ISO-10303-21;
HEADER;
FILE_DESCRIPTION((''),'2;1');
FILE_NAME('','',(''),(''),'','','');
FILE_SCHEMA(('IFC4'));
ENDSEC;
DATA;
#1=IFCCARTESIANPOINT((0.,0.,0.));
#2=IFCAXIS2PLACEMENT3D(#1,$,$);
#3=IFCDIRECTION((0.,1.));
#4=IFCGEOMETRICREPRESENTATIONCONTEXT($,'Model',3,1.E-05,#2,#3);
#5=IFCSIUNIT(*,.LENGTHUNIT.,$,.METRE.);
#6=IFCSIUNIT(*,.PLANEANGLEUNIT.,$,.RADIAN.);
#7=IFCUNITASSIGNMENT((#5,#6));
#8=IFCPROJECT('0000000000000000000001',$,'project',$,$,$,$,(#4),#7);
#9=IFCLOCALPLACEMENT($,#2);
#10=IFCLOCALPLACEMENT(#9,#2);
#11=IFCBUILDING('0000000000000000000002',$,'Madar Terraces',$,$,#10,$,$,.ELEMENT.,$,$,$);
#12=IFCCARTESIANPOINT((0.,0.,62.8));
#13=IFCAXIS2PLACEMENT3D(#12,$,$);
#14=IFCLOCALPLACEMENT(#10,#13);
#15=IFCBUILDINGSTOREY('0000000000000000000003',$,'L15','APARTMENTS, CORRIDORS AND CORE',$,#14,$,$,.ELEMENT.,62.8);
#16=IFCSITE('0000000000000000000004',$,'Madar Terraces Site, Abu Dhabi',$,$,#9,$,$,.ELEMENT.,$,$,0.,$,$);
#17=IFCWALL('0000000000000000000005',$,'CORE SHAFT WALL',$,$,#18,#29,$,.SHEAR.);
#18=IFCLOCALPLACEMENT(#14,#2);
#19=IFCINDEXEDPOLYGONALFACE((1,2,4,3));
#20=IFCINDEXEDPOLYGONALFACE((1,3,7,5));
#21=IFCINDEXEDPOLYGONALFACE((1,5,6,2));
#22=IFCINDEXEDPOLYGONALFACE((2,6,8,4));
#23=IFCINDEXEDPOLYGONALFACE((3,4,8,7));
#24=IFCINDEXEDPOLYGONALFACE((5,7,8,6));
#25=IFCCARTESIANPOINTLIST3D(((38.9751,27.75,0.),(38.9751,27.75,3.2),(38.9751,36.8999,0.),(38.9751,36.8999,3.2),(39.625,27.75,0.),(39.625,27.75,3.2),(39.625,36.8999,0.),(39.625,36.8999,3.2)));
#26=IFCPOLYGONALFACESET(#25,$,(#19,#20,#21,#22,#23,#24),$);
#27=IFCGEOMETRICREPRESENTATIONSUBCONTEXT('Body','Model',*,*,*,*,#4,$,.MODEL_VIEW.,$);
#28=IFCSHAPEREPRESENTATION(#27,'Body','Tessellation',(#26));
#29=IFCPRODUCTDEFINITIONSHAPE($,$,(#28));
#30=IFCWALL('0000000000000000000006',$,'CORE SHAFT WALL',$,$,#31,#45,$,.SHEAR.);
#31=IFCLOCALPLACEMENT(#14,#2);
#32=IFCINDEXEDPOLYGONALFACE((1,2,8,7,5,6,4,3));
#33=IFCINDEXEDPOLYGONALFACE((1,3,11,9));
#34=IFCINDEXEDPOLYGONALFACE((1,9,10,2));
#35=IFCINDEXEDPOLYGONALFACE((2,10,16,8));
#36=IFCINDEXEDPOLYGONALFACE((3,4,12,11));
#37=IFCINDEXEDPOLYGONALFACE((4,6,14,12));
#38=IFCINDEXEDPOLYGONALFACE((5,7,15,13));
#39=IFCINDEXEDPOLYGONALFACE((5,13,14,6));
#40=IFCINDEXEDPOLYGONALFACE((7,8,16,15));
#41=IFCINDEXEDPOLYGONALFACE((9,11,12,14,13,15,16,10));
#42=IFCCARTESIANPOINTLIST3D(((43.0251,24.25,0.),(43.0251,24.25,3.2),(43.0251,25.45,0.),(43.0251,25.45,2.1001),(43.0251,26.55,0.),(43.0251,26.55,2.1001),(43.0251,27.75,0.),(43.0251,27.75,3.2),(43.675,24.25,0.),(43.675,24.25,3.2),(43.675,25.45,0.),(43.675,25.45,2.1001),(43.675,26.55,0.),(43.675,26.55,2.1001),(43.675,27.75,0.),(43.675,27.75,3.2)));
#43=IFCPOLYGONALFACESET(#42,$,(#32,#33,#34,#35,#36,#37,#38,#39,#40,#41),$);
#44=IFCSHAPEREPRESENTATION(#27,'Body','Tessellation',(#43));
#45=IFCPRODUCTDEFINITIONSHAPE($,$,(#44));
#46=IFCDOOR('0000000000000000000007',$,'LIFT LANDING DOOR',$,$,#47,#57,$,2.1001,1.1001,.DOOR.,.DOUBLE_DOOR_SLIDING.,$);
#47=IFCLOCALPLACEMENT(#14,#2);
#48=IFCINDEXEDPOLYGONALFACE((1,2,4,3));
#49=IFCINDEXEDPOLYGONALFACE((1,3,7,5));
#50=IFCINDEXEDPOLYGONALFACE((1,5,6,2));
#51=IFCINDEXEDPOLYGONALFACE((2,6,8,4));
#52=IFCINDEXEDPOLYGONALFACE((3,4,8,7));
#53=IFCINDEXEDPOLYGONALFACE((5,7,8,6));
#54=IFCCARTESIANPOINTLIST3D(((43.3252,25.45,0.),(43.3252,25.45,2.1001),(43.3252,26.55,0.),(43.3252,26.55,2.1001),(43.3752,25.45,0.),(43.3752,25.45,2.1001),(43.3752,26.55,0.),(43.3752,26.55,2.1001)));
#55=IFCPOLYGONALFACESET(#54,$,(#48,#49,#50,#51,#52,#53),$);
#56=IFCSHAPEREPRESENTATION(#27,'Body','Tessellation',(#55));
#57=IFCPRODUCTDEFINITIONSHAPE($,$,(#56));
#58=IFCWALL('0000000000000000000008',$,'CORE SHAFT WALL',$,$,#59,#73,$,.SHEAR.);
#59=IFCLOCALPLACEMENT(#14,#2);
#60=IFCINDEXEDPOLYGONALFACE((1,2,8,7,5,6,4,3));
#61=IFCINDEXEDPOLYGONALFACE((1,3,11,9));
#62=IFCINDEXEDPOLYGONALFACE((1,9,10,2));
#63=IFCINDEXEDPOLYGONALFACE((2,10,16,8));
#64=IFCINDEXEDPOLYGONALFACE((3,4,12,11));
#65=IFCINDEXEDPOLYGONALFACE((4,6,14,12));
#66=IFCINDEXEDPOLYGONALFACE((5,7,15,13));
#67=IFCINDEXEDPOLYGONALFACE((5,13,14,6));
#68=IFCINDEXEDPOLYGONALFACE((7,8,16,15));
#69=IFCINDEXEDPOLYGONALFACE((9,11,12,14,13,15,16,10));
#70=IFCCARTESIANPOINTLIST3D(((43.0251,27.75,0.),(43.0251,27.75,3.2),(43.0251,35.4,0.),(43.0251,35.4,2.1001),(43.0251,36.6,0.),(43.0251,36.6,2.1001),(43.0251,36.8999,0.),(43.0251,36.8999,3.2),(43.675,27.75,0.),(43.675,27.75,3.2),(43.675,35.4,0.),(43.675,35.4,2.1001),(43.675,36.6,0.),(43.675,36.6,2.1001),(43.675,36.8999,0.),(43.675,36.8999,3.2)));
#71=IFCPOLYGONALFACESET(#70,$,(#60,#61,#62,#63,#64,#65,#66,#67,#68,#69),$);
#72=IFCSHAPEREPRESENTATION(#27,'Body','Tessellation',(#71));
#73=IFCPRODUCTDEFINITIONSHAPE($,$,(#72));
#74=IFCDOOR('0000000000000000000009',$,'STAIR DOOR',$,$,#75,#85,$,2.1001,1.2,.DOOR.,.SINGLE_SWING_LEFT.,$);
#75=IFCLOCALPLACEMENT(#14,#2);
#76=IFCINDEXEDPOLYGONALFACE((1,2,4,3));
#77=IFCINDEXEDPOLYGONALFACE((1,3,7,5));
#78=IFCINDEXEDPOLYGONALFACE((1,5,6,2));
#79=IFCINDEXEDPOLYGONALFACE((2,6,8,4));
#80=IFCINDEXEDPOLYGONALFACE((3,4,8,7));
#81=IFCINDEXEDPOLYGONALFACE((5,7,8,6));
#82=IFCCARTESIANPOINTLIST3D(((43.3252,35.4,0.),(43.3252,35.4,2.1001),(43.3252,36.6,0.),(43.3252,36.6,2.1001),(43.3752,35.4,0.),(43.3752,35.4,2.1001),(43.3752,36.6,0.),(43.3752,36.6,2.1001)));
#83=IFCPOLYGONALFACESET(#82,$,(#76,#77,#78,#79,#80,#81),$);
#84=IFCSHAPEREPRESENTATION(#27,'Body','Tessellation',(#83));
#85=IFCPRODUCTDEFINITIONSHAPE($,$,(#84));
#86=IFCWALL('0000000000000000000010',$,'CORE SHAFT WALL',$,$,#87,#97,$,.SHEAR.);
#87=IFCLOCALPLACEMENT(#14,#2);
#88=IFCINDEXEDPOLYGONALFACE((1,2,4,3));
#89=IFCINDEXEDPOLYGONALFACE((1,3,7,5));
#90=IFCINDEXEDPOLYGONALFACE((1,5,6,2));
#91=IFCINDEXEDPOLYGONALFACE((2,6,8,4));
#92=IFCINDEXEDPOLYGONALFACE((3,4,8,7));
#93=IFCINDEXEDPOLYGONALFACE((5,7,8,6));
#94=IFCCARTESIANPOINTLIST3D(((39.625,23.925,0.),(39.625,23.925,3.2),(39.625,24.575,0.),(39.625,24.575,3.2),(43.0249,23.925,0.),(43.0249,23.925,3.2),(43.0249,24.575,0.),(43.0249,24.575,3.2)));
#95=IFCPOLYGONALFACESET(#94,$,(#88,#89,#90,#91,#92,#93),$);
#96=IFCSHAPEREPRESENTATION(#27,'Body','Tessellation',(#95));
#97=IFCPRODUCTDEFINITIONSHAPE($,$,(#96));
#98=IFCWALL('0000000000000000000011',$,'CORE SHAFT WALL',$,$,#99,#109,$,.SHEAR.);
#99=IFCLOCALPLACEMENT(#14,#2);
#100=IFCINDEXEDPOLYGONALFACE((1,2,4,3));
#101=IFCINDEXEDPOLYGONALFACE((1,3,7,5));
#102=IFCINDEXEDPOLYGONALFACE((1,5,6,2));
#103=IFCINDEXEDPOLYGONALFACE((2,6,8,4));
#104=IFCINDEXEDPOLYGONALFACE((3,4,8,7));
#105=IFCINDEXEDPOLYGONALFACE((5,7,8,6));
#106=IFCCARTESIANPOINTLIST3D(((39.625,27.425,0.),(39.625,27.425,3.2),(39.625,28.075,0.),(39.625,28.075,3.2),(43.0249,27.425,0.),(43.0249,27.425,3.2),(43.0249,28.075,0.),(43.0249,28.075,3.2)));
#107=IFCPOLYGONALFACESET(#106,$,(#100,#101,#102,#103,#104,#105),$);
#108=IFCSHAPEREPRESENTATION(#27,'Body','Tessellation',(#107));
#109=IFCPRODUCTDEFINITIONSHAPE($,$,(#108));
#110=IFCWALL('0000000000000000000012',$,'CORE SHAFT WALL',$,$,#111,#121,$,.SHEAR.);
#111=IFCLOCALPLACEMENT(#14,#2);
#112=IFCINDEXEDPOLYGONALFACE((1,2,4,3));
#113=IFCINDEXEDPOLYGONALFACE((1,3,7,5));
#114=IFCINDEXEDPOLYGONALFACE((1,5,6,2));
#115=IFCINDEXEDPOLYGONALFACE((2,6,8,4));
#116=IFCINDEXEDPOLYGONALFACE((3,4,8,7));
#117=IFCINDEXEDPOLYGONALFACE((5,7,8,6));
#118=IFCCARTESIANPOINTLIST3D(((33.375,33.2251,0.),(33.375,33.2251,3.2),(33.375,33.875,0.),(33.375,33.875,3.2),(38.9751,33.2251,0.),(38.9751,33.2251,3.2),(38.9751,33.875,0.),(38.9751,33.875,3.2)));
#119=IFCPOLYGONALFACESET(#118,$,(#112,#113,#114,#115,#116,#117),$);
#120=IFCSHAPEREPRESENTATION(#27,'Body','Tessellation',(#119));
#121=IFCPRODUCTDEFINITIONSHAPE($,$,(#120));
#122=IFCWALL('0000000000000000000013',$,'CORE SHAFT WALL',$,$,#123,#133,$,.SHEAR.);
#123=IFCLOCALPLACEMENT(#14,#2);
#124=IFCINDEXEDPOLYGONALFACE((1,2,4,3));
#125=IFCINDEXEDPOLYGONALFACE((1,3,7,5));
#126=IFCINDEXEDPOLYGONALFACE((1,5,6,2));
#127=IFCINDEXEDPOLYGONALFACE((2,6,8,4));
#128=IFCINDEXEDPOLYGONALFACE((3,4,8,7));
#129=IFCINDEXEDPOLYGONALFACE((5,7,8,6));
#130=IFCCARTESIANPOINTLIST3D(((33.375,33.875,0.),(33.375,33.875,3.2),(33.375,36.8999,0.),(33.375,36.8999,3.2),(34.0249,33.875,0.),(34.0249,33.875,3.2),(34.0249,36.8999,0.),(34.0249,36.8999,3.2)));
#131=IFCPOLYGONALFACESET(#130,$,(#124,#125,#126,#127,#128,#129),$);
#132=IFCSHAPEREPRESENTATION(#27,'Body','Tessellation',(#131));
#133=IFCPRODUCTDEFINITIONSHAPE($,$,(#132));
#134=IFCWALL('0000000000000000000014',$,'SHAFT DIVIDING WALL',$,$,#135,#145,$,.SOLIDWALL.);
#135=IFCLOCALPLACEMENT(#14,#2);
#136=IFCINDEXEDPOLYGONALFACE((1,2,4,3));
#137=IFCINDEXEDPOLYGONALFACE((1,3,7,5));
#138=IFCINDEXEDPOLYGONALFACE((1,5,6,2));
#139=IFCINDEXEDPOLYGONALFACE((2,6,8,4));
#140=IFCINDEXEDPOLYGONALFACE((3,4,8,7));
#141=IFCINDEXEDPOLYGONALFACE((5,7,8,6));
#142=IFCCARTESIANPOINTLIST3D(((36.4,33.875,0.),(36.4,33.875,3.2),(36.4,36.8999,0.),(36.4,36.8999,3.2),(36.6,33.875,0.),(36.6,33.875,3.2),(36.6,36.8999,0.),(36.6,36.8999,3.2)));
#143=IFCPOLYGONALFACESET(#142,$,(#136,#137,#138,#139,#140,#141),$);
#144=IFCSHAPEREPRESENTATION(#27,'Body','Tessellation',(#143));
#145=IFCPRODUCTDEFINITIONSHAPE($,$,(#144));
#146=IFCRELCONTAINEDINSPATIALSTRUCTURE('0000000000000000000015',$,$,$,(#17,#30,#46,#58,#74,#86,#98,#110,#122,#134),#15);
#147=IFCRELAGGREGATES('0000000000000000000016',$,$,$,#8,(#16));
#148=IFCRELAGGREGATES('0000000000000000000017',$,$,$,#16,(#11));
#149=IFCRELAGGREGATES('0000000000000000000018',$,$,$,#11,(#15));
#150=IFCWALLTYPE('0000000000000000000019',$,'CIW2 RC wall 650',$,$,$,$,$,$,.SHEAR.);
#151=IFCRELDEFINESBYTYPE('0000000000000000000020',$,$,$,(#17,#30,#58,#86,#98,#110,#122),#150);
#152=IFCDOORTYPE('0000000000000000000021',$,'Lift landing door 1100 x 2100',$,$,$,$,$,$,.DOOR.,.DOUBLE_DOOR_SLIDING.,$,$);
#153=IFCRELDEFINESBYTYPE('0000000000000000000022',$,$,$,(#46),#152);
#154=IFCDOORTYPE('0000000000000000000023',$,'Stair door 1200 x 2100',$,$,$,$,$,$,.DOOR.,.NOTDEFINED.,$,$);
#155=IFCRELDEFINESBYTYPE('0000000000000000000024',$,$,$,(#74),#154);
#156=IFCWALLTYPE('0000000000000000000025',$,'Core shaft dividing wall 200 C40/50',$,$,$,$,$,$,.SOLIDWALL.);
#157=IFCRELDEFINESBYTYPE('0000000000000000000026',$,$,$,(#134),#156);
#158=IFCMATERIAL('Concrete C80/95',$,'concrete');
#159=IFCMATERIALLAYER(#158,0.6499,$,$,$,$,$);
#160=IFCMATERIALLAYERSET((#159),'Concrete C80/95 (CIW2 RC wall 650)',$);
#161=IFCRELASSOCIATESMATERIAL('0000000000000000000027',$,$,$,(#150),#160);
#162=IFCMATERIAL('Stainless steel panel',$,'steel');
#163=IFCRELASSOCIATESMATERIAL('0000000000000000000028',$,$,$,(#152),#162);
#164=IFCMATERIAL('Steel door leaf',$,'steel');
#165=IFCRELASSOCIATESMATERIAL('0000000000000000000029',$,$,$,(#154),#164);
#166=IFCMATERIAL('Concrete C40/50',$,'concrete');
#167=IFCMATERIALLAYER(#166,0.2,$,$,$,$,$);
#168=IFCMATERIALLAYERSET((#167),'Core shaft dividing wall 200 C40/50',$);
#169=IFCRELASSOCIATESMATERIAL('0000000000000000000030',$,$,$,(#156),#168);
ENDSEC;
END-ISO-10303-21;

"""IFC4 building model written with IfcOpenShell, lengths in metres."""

from ifc_helpers import new_model, si_unit, direction, frame, frame_2d, origin, place, context, subcontext, project, spatial, rectangle, extrude, material, layer, layer_set, type_object, element, fill, save


model = new_model("IFC4")

# Units and contexts
model_context = context("Model", 3, precision=1e-05, world=origin(), true_north=direction((0.0, 1.0)))
body_context = subcontext(model_context, "Body", "Model", "MODEL_VIEW")
ifc_project = project(units=[si_unit("LENGTHUNIT", "METRE"), si_unit("PLANEANGLEUNIT", "RADIAN")], contexts=[model_context])

# Site, building, storey
site_placement = place(None, origin())
site = spatial("IfcSite", under=ifc_project, at=site_placement, Name="Madar Terraces Site, Abu Dhabi", CompositionType="ELEMENT", RefElevation=0.0)
building_placement = place(site_placement, origin())
building = spatial("IfcBuilding", under=site, at=building_placement, Name="Madar Terraces", CompositionType="ELEMENT")
storey_placement = place(building_placement, frame((0.0, 0.0, 62.8)))
storey = spatial("IfcBuildingStorey", under=building, at=storey_placement, Name="L15", Description="APARTMENTS, CORRIDORS AND CORE", CompositionType="ELEMENT", Elevation=62.8)

# Wall
ifc_material_1 = material(Name="Concrete C80/95", Category="concrete")
ifc_layer_1 = layer(ifc_material_1, 0.6499)
ifc_layer_set_1 = layer_set([ifc_layer_1], Name="Concrete C80/95 (CIW2 RC wall 650)")
wall_type_1 = type_object("IfcWallType", Name="CIW2 RC wall 650", PredefinedType="SHEAR", material=ifc_layer_set_1)
wall_1_placement = place(storey_placement, frame((39.3, 27.75, 0.0), z_axis=(0.0, 0.0, 1.0), x_axis=(0.0, 1.0, 0.0)))
element("IfcWall", 1, at=wall_1_placement, inside=storey, type_object=wall_type_1, Name="CORE SHAFT WALL", PredefinedType="SHEAR", context=body_context, shape_type="SweptSolid", body=[
    extrude(rectangle(XDim=9.1499, YDim=0.6499, at=frame_2d((4.575, 0.0))), origin(), (0.0, 0.0, 1.0), 3.2),
])

# Walls, openings, doors
wall_2_placement = place(storey_placement, frame((43.3501, 24.25, 0.0), z_axis=(0.0, 0.0, 1.0), x_axis=(0.0, 1.0, 0.0)))
wall_2 = element("IfcWall", 2, at=wall_2_placement, inside=storey, type_object=wall_type_1, Name="CORE SHAFT WALL", PredefinedType="SHEAR", context=body_context, shape_type="SweptSolid", body=[
    extrude(rectangle(XDim=3.5, YDim=0.6499, at=frame_2d((1.75, 0.0))), origin(), (0.0, 0.0, 1.0), 3.2),
])
opening_1_placement = place(wall_2_placement, frame((1.2, 0.0, 0.0)))
opening_1 = element("IfcOpeningElement", 3, at=opening_1_placement, cuts=wall_2, PredefinedType="OPENING", context=body_context, shape_type="SweptSolid", body=[
    extrude(rectangle(XDim=1.1001, YDim=2.1001, at=frame_2d((0.55, 1.05))), frame((0.0, 0.335, 0.0), z_axis=(0.0, -1.0, 0.0), x_axis=(1.0, 0.0, 0.0)), (0.0, 0.0, 1.0), 0.6699),
])
ifc_material_2 = material(Name="Stainless steel panel", Category="steel")
door_type_1 = type_object("IfcDoorType", Name="Lift landing door 1100 x 2100", OperationType="DOUBLE_DOOR_SLIDING", PredefinedType="DOOR", material=ifc_material_2)
door_1_placement = place(opening_1_placement, origin())
door_1 = element("IfcDoor", 4, at=door_1_placement, inside=storey, type_object=door_type_1, Name="LIFT LANDING DOOR", OperationType="DOUBLE_DOOR_SLIDING", OverallHeight=2.1001, OverallWidth=1.1001, PredefinedType="DOOR", context=body_context, shape_type="SweptSolid", body=[
    extrude(rectangle(XDim=1.1001, YDim=2.1001, at=frame_2d((0.55, 1.05))), frame((0.0, 0.0249, 0.0), z_axis=(0.0, -1.0, 0.0), x_axis=(1.0, 0.0, 0.0)), (0.0, 0.0, 1.0), 0.05),
])
fill(opening_1, door_1)
wall_3_placement = place(storey_placement, frame((43.3501, 27.75, 0.0), z_axis=(0.0, 0.0, 1.0), x_axis=(0.0, 1.0, 0.0)))
wall_3 = element("IfcWall", 5, at=wall_3_placement, inside=storey, type_object=wall_type_1, Name="CORE SHAFT WALL", PredefinedType="SHEAR", context=body_context, shape_type="SweptSolid", body=[
    extrude(rectangle(XDim=9.1499, YDim=0.6499, at=frame_2d((4.575, 0.0))), origin(), (0.0, 0.0, 1.0), 3.2),
])
opening_2_placement = place(wall_3_placement, frame((7.6499, 0.0, 0.0)))
opening_2 = element("IfcOpeningElement", 6, at=opening_2_placement, cuts=wall_3, PredefinedType="OPENING", context=body_context, shape_type="SweptSolid", body=[
    extrude(rectangle(XDim=1.2, YDim=2.1001, at=frame_2d((0.6001, 1.05))), frame((0.0, 0.335, 0.0), z_axis=(0.0, -1.0, 0.0), x_axis=(1.0, 0.0, 0.0)), (0.0, 0.0, 1.0), 0.6699),
])
ifc_material_3 = material(Name="Steel door leaf", Category="steel")
door_type_2 = type_object("IfcDoorType", Name="Stair door 1200 x 2100", OperationType="NOTDEFINED", PredefinedType="DOOR", material=ifc_material_3)
door_2_placement = place(opening_2_placement, origin())
door_2 = element("IfcDoor", 7, at=door_2_placement, inside=storey, type_object=door_type_2, Name="STAIR DOOR", OperationType="SINGLE_SWING_LEFT", OverallHeight=2.1001, OverallWidth=1.2, PredefinedType="DOOR", context=body_context, shape_type="SweptSolid", body=[
    extrude(rectangle(XDim=1.2, YDim=2.1001, at=frame_2d((0.6001, 1.05))), frame((0.0, 0.0249, 0.0), z_axis=(0.0, -1.0, 0.0), x_axis=(1.0, 0.0, 0.0)), (0.0, 0.0, 1.0), 0.05),
])
fill(opening_2, door_2)

# Walls
for number, where, z_axis, x_axis, name in (
    (8, (39.625, 24.25, 0.0), (0.0, 0.0, 1.0), (1.0, 0.0, 0.0), "CORE SHAFT WALL"),
    (9, (39.625, 27.75, 0.0), (0.0, 0.0, 1.0), (1.0, 0.0, 0.0), "CORE SHAFT WALL"),
):
    element("IfcWall", number, at=place(storey_placement, frame(where, z_axis=z_axis, x_axis=x_axis)), inside=storey, type_object=wall_type_1, Name=name, PredefinedType="SHEAR", context=body_context, shape_type="SweptSolid", body=[
        extrude(rectangle(XDim=3.3999, YDim=0.6499, at=frame_2d((1.7, 0.0))), origin(), (0.0, 0.0, 1.0), 3.2),
    ])
wall_4_placement = place(storey_placement, frame((33.375, 33.55, 0.0), z_axis=(0.0, 0.0, 1.0), x_axis=(1.0, 0.0, 0.0)))
element("IfcWall", 10, at=wall_4_placement, inside=storey, type_object=wall_type_1, Name="CORE SHAFT WALL", PredefinedType="SHEAR", context=body_context, shape_type="SweptSolid", body=[
    extrude(rectangle(XDim=5.6001, YDim=0.6499, at=frame_2d((2.8, 0.0))), origin(), (0.0, 0.0, 1.0), 3.2),
])
wall_5_placement = place(storey_placement, frame((33.7, 33.875, 0.0), z_axis=(0.0, 0.0, 1.0), x_axis=(0.0, 1.0, 0.0)))
element("IfcWall", 11, at=wall_5_placement, inside=storey, type_object=wall_type_1, Name="CORE SHAFT WALL", PredefinedType="SHEAR", context=body_context, shape_type="SweptSolid", body=[
    extrude(rectangle(XDim=3.0249, YDim=0.6499, at=frame_2d((1.5125, 0.0))), origin(), (0.0, 0.0, 1.0), 3.2),
])
ifc_material_4 = material(Name="Concrete C40/50", Category="concrete")
ifc_layer_2 = layer(ifc_material_4, 0.2)
ifc_layer_set_2 = layer_set([ifc_layer_2], Name="Core shaft dividing wall 200 C40/50")
wall_type_2 = type_object("IfcWallType", Name="Core shaft dividing wall 200 C40/50", PredefinedType="SOLIDWALL", material=ifc_layer_set_2)
wall_6_placement = place(storey_placement, frame((36.5, 33.875, 0.0), z_axis=(0.0, 0.0, 1.0), x_axis=(0.0, 1.0, 0.0)))
element("IfcWall", 12, at=wall_6_placement, inside=storey, type_object=wall_type_2, Name="SHAFT DIVIDING WALL", PredefinedType="SOLIDWALL", context=body_context, shape_type="SweptSolid", body=[
    extrude(rectangle(XDim=3.0249, YDim=0.2, at=frame_2d((1.5125, 0.0))), origin(), (0.0, 0.0, 1.0), 3.2),
])

save(model, "model.ifc")
